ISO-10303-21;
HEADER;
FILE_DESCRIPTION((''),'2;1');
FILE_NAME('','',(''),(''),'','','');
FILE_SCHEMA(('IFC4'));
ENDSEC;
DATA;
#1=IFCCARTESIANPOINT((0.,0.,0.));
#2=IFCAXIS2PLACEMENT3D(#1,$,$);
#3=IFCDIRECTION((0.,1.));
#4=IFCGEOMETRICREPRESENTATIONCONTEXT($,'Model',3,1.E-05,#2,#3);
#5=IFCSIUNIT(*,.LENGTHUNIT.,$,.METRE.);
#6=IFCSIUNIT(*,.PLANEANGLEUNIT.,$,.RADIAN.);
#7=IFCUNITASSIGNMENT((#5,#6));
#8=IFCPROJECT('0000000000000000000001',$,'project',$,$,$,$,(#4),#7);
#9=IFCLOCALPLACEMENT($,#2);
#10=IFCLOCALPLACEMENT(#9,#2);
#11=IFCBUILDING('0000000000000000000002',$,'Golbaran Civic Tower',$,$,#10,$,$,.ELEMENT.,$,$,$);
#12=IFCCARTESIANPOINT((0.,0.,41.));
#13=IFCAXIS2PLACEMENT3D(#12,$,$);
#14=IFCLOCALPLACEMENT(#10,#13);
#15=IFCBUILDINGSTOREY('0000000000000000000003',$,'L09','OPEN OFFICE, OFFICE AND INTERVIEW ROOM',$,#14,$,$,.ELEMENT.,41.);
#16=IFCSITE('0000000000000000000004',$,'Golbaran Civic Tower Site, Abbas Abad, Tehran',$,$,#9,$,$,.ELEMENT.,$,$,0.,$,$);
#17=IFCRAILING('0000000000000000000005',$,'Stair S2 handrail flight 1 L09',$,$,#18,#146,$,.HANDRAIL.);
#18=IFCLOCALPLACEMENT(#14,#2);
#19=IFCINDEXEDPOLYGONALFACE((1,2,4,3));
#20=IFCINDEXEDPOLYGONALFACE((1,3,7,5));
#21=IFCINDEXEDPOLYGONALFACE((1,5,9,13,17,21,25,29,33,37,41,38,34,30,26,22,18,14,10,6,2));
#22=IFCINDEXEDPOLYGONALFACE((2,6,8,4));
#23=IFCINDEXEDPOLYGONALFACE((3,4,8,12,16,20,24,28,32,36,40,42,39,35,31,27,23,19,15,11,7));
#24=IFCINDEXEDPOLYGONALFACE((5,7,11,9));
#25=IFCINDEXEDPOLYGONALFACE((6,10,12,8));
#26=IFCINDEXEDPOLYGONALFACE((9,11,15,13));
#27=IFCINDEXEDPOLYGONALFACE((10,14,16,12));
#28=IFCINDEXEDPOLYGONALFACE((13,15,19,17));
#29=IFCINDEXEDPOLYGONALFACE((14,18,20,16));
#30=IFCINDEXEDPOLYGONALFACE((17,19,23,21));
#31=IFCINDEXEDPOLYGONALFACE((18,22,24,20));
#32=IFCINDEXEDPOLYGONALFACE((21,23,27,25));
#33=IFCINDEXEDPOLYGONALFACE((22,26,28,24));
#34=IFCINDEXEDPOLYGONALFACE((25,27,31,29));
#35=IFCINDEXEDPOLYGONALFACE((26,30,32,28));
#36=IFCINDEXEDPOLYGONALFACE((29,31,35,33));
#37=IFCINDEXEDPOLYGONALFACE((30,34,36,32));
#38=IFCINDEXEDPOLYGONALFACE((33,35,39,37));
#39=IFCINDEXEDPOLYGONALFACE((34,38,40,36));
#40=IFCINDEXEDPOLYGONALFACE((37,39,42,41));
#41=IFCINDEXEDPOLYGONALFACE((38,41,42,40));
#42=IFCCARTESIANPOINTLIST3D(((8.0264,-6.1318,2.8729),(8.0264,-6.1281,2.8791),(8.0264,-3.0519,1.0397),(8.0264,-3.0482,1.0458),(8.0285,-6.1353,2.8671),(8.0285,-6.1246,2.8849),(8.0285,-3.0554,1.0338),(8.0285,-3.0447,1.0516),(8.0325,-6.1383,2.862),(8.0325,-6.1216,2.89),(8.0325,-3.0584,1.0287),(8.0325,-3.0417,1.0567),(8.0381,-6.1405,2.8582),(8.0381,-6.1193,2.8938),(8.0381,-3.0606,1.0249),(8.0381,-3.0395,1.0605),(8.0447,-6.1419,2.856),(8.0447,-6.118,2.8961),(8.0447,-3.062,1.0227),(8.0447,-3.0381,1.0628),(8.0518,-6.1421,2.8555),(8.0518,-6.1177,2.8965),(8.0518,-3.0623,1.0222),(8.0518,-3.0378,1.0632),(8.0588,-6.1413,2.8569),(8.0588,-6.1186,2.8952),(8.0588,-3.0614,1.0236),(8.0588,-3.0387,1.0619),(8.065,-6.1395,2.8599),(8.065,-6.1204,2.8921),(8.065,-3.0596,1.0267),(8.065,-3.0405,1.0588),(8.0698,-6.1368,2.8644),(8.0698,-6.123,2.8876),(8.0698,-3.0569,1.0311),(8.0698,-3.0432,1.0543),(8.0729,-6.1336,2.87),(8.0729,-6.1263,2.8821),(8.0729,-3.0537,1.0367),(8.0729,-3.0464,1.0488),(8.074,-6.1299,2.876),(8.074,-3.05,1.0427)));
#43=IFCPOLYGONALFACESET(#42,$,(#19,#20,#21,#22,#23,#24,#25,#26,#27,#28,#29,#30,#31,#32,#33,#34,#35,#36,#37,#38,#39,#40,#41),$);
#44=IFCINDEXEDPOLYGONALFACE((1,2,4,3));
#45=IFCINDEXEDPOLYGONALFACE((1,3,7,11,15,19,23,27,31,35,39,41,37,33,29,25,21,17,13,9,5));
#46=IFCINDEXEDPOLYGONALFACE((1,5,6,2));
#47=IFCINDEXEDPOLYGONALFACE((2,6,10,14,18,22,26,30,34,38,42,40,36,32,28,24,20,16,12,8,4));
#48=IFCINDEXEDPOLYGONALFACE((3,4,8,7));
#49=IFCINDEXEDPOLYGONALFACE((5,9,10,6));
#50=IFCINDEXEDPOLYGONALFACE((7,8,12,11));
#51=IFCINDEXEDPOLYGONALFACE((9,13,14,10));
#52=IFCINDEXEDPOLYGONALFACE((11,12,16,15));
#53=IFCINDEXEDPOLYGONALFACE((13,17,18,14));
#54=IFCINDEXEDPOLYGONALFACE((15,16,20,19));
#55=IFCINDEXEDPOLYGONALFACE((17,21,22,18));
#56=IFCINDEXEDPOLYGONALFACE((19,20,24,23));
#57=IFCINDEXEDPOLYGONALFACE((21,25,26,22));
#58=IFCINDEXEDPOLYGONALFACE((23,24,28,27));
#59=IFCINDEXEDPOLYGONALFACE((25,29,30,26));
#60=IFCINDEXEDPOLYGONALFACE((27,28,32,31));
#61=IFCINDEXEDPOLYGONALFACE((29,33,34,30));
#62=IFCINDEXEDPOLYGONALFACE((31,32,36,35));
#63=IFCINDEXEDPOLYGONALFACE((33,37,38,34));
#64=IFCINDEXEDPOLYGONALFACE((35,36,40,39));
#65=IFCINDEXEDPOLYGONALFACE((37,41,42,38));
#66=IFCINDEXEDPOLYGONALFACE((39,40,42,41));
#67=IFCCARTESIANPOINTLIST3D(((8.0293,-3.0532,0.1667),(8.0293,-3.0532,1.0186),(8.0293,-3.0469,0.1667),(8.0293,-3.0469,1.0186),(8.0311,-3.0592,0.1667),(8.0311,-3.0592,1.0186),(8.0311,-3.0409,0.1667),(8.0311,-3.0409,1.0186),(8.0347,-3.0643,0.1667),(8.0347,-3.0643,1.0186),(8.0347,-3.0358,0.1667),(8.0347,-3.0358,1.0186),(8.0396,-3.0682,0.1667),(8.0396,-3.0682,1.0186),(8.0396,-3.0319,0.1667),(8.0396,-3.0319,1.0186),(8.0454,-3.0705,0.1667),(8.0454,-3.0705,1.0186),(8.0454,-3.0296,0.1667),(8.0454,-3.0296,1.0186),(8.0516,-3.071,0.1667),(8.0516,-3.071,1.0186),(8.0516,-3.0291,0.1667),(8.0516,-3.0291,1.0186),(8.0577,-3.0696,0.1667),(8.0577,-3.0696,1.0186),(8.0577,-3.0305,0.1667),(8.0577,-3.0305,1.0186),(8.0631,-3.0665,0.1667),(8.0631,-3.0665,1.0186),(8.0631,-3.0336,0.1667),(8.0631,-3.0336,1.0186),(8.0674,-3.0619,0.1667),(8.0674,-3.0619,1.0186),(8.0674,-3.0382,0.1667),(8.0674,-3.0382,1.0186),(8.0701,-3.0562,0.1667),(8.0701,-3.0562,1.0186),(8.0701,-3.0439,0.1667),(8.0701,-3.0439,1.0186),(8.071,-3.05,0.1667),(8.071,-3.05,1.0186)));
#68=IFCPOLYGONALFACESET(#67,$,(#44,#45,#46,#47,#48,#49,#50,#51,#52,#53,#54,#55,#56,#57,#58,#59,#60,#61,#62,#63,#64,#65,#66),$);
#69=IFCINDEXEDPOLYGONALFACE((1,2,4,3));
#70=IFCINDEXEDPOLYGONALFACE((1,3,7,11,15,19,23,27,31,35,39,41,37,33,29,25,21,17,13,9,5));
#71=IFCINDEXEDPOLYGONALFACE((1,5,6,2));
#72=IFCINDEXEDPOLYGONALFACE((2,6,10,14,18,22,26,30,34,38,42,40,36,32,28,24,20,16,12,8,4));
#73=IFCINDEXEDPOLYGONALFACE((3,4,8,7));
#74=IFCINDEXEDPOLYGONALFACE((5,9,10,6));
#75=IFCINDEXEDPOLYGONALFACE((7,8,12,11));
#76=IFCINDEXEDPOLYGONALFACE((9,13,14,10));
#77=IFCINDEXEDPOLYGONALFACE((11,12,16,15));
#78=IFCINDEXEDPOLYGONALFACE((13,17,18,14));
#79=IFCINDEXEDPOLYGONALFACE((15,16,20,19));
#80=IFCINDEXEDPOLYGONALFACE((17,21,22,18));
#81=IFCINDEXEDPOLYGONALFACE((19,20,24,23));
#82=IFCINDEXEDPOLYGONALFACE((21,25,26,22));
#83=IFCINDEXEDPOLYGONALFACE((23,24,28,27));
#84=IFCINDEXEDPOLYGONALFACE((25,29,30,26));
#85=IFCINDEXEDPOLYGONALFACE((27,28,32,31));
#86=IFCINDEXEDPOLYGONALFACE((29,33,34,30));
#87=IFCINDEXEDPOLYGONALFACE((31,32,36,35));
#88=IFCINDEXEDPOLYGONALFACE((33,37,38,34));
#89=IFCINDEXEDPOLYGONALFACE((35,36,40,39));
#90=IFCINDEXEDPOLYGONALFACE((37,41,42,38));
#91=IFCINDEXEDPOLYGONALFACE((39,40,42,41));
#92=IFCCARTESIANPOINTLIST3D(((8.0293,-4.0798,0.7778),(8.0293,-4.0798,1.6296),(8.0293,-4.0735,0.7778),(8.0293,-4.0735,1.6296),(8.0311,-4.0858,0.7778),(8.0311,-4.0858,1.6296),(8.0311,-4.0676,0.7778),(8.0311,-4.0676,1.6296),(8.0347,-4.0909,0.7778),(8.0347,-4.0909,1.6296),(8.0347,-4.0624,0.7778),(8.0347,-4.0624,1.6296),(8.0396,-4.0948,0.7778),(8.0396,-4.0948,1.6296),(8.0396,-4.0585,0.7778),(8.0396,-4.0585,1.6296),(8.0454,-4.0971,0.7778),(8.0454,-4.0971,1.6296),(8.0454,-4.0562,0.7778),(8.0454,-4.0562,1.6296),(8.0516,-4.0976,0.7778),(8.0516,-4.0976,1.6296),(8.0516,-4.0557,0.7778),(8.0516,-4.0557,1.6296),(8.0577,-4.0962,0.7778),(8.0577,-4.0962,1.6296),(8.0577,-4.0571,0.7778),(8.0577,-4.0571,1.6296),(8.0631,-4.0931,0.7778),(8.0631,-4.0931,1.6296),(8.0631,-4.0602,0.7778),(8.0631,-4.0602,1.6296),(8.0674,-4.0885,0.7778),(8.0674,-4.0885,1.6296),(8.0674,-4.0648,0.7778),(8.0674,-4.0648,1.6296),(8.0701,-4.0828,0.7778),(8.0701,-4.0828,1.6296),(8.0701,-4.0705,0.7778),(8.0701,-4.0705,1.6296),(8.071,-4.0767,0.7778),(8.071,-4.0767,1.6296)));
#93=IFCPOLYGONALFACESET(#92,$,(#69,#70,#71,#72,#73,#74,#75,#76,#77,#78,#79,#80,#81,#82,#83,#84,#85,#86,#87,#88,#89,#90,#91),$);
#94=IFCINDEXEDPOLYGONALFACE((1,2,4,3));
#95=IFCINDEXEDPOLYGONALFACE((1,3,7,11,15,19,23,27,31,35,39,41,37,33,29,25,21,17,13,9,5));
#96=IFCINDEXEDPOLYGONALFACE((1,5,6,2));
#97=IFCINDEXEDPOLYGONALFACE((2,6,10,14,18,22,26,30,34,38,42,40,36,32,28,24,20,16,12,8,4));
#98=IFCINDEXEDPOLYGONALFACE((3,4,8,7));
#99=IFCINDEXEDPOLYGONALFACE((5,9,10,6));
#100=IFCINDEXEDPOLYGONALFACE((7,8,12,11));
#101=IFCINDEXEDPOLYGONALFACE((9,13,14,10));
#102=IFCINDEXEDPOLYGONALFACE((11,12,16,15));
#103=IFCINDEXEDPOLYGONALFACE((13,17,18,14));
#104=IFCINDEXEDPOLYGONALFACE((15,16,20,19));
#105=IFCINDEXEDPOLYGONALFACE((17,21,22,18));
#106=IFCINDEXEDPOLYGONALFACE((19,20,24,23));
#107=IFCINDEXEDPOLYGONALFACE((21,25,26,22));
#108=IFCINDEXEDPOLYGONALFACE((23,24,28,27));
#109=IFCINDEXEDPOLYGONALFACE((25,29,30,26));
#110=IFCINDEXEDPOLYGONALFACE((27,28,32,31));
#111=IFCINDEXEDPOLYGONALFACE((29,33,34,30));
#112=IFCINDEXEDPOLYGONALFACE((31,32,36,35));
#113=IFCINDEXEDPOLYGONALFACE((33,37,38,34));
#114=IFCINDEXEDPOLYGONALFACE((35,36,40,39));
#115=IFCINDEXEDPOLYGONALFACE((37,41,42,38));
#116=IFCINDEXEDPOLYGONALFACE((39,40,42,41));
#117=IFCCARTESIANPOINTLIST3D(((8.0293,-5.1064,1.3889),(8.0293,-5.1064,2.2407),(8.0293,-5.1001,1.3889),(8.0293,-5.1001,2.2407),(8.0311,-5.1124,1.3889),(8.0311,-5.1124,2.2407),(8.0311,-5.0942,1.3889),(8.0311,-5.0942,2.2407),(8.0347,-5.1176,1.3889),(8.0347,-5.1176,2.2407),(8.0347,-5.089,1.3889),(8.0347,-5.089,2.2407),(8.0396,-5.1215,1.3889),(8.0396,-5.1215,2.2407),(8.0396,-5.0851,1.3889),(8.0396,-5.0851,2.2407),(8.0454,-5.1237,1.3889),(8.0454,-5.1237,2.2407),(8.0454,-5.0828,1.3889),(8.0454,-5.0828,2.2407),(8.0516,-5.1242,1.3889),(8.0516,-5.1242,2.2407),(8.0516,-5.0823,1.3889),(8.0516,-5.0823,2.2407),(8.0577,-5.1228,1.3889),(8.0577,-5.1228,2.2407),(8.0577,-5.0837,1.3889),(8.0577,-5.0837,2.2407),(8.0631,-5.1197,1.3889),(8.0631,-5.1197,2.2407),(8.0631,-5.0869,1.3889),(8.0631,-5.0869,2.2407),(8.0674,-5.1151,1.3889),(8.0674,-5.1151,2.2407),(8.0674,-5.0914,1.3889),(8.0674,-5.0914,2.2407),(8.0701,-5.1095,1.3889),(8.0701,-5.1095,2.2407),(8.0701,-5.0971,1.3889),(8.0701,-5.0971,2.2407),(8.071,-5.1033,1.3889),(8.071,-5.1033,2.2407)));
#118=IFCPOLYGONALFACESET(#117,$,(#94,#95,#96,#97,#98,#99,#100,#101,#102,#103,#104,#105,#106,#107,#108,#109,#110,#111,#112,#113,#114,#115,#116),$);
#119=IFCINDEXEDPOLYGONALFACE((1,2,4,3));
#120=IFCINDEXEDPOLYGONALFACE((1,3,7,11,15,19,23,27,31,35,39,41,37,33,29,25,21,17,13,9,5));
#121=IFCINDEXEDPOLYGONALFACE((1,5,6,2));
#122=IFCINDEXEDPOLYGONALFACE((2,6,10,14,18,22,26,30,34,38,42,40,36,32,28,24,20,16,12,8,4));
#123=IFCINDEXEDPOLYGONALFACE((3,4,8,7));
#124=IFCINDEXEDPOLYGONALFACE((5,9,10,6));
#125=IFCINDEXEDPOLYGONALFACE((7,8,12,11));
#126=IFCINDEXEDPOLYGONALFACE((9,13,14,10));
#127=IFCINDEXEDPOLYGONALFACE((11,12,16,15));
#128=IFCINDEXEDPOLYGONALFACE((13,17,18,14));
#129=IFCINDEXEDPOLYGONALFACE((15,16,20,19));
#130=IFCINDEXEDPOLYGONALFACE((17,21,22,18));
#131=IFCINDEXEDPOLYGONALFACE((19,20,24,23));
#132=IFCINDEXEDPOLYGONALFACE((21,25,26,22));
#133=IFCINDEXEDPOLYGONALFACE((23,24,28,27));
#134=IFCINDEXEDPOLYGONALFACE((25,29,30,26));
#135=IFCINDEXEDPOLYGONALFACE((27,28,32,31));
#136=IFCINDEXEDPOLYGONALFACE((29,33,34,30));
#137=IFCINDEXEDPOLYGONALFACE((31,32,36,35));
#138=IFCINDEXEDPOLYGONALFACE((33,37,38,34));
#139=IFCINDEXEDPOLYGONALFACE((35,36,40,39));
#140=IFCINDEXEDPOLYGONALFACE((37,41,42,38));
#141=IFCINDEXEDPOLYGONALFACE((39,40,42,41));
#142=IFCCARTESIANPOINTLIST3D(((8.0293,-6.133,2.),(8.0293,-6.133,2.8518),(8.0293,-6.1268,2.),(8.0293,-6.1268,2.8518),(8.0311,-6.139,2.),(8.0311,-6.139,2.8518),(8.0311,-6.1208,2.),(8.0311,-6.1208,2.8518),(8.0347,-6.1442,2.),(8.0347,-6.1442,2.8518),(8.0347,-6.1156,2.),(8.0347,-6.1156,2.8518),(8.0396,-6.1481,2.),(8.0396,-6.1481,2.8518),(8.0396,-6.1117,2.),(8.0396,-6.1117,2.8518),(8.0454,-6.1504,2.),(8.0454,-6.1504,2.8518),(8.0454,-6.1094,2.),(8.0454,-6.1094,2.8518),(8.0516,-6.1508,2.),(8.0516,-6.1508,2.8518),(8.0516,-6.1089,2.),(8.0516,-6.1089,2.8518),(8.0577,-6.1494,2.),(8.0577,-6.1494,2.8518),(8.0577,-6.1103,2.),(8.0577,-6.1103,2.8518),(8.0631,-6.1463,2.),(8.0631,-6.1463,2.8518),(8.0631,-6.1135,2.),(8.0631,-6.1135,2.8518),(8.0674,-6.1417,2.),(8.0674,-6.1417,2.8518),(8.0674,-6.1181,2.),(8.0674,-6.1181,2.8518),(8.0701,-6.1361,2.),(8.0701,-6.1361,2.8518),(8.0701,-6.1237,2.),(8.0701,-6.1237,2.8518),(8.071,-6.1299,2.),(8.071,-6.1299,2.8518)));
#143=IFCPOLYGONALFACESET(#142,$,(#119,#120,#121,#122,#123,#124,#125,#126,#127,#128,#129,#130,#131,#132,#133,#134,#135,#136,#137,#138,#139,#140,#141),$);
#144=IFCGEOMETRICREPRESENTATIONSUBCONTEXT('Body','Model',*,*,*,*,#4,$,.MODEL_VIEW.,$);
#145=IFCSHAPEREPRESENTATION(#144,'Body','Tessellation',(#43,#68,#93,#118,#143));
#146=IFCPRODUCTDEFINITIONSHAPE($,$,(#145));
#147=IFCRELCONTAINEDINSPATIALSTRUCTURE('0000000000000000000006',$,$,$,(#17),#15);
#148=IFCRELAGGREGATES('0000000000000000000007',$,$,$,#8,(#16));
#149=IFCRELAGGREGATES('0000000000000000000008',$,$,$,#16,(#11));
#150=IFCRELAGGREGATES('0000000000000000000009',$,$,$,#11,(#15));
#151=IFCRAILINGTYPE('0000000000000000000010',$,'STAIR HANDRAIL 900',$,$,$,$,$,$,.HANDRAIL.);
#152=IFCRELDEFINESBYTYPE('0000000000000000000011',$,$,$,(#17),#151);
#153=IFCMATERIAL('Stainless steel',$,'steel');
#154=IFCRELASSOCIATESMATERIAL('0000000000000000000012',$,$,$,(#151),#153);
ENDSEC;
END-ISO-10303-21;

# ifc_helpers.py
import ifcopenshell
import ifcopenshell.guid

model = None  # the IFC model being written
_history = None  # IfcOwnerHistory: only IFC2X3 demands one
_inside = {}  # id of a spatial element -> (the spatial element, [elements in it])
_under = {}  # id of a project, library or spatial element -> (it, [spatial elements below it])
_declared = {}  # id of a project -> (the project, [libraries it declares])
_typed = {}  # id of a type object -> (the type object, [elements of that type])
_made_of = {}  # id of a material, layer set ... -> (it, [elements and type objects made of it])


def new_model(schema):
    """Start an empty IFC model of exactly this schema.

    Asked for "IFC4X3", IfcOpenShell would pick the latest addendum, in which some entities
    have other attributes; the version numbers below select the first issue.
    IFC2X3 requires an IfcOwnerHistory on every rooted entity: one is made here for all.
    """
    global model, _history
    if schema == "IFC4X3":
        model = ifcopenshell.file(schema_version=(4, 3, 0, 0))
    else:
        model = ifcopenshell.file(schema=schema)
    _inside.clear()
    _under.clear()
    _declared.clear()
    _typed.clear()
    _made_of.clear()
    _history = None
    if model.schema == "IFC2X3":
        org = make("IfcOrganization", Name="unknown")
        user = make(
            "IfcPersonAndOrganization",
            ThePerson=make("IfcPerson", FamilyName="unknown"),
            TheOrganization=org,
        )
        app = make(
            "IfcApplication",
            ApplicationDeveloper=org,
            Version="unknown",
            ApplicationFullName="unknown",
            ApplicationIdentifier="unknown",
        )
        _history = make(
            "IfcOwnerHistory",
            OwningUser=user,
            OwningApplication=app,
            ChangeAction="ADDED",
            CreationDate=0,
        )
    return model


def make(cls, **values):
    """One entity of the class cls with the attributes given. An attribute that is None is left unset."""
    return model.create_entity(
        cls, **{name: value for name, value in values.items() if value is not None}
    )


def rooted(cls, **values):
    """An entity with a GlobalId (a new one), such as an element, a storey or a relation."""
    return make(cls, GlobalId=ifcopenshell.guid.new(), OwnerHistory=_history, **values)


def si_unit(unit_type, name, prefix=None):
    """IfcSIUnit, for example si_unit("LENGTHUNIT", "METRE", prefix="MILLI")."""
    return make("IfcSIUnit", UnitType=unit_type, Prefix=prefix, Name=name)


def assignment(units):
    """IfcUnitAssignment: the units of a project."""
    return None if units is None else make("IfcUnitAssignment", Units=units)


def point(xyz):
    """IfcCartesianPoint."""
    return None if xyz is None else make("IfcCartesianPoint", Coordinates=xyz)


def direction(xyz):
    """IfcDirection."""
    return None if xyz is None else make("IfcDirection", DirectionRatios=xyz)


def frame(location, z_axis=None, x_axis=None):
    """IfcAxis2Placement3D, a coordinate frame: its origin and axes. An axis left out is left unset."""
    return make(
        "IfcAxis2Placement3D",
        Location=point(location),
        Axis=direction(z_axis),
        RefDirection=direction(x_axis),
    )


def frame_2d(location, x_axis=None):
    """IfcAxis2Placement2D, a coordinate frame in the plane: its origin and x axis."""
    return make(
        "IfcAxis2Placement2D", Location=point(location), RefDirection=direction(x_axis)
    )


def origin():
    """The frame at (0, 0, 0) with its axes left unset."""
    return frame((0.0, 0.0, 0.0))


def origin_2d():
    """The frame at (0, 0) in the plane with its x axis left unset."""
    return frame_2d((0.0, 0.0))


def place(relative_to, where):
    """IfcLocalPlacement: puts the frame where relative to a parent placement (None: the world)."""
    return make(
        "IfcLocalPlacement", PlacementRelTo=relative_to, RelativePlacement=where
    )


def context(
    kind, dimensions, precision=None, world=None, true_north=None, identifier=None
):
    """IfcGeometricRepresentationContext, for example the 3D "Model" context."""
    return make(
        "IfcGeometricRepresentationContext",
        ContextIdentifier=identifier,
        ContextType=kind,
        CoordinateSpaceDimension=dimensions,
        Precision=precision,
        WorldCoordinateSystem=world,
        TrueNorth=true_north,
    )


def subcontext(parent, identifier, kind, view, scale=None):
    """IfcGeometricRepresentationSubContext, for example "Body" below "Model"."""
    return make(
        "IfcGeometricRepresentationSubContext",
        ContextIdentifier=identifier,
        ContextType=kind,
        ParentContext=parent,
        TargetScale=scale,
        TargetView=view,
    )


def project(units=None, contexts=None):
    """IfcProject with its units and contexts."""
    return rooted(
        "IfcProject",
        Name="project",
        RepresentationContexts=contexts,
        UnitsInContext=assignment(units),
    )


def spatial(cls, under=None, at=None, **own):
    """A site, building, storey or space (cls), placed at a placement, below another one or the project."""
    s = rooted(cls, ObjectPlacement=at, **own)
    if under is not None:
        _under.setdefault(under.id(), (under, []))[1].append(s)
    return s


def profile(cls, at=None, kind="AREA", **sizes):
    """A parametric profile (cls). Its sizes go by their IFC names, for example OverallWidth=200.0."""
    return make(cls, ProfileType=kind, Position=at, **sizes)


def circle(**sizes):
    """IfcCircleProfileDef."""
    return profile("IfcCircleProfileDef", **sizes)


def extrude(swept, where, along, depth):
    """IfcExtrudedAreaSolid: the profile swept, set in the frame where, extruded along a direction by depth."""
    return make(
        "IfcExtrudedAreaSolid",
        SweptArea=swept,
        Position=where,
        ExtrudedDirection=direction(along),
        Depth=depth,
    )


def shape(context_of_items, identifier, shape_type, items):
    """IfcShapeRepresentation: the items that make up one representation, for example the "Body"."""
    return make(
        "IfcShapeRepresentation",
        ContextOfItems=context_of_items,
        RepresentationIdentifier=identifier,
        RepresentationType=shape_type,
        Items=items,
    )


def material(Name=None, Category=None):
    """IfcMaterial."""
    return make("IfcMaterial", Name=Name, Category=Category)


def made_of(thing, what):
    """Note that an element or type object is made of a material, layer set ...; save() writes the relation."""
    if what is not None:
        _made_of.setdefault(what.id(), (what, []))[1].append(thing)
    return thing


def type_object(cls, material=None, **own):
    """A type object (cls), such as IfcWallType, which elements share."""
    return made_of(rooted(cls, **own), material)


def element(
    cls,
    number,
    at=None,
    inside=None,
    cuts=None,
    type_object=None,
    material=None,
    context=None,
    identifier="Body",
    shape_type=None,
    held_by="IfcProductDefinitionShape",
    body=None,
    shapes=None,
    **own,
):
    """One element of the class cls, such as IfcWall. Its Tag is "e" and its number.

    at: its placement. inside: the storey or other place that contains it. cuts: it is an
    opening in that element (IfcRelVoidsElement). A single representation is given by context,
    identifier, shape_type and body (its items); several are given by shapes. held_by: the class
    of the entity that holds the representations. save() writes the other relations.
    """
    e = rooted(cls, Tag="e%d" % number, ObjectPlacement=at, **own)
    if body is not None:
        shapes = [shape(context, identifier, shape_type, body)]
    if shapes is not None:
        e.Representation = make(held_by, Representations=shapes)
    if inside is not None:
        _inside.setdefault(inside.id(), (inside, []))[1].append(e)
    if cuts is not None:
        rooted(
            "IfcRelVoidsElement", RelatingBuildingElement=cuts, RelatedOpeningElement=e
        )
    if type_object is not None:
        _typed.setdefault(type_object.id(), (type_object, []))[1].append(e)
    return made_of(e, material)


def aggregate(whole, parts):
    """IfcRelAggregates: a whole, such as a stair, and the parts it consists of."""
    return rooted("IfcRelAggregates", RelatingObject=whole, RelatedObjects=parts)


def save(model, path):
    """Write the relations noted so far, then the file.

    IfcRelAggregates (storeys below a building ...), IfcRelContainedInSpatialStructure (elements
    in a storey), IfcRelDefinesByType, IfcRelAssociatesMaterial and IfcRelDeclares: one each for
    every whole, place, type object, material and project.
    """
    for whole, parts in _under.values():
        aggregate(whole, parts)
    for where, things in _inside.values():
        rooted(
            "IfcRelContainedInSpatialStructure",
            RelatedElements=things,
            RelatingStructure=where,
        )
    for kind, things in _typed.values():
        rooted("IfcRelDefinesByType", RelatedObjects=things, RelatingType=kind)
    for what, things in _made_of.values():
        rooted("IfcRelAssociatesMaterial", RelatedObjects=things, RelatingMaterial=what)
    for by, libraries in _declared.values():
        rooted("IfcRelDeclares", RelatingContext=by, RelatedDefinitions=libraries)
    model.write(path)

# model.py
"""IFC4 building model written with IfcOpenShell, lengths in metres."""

from ifc_helpers import new_model, si_unit, direction, frame, origin, origin_2d, place, context, subcontext, project, spatial, circle, extrude, material, type_object, element, save


model = new_model("IFC4")

# Units and contexts
model_context = context("Model", 3, precision=1e-05, world=origin(), true_north=direction((0.0, 1.0)))
body_context = subcontext(model_context, "Body", "Model", "MODEL_VIEW")
ifc_project = project(units=[si_unit("LENGTHUNIT", "METRE"), si_unit("PLANEANGLEUNIT", "RADIAN")], contexts=[model_context])

# Site, building, storey
site_placement = place(None, origin())
site = spatial("IfcSite", under=ifc_project, at=site_placement, Name="Golbaran Civic Tower Site, Abbas Abad, Tehran", CompositionType="ELEMENT", RefElevation=0.0)
building_placement = place(site_placement, origin())
building = spatial("IfcBuilding", under=site, at=building_placement, Name="Golbaran Civic Tower", CompositionType="ELEMENT")
storey_placement = place(building_placement, frame((0.0, 0.0, 41.0)))
storey = spatial("IfcBuildingStorey", under=building, at=storey_placement, Name="L09", Description="OPEN OFFICE, OFFICE AND INTERVIEW ROOM", CompositionType="ELEMENT", Elevation=41.0)

# Shared definitions
ifc_material_1 = material(Name="Stainless steel", Category="steel")

# Railing
railing_type = type_object("IfcRailingType", Name="STAIR HANDRAIL 900", PredefinedType="HANDRAIL", material=ifc_material_1)
railing_1_placement = place(storey_placement, frame((8.05, -3.05, 0.1667)))
element("IfcRailing", 1, at=railing_1_placement, inside=storey, type_object=railing_type, Name="Stair S2 handrail flight 1 L09", PredefinedType="HANDRAIL", context=body_context, shape_type="SweptSolid", body=[
    extrude(circle(Radius=0.0239, at=origin_2d()), frame((0.0, 0.0, 0.876), z_axis=(0.0, -0.859291, 0.511487), x_axis=(1.0, 0.0, 0.0)), (0.0, 0.0, 1.0), 3.5842),
    extrude(circle(Radius=0.021, at=origin_2d()), origin(), (0.0, 0.0, 1.0), 0.8518),
    extrude(circle(Radius=0.021, at=origin_2d()), frame((0.0, -1.0266, 0.6111)), (0.0, 0.0, 1.0), 0.8518),
    extrude(circle(Radius=0.021, at=origin_2d()), frame((0.0, -2.0532, 1.2222)), (0.0, 0.0, 1.0), 0.8518),
    extrude(circle(Radius=0.021, at=origin_2d()), frame((0.0, -3.0798, 1.8333)), (0.0, 0.0, 1.0), 0.8518),
])

save(model, "model.ifc")
